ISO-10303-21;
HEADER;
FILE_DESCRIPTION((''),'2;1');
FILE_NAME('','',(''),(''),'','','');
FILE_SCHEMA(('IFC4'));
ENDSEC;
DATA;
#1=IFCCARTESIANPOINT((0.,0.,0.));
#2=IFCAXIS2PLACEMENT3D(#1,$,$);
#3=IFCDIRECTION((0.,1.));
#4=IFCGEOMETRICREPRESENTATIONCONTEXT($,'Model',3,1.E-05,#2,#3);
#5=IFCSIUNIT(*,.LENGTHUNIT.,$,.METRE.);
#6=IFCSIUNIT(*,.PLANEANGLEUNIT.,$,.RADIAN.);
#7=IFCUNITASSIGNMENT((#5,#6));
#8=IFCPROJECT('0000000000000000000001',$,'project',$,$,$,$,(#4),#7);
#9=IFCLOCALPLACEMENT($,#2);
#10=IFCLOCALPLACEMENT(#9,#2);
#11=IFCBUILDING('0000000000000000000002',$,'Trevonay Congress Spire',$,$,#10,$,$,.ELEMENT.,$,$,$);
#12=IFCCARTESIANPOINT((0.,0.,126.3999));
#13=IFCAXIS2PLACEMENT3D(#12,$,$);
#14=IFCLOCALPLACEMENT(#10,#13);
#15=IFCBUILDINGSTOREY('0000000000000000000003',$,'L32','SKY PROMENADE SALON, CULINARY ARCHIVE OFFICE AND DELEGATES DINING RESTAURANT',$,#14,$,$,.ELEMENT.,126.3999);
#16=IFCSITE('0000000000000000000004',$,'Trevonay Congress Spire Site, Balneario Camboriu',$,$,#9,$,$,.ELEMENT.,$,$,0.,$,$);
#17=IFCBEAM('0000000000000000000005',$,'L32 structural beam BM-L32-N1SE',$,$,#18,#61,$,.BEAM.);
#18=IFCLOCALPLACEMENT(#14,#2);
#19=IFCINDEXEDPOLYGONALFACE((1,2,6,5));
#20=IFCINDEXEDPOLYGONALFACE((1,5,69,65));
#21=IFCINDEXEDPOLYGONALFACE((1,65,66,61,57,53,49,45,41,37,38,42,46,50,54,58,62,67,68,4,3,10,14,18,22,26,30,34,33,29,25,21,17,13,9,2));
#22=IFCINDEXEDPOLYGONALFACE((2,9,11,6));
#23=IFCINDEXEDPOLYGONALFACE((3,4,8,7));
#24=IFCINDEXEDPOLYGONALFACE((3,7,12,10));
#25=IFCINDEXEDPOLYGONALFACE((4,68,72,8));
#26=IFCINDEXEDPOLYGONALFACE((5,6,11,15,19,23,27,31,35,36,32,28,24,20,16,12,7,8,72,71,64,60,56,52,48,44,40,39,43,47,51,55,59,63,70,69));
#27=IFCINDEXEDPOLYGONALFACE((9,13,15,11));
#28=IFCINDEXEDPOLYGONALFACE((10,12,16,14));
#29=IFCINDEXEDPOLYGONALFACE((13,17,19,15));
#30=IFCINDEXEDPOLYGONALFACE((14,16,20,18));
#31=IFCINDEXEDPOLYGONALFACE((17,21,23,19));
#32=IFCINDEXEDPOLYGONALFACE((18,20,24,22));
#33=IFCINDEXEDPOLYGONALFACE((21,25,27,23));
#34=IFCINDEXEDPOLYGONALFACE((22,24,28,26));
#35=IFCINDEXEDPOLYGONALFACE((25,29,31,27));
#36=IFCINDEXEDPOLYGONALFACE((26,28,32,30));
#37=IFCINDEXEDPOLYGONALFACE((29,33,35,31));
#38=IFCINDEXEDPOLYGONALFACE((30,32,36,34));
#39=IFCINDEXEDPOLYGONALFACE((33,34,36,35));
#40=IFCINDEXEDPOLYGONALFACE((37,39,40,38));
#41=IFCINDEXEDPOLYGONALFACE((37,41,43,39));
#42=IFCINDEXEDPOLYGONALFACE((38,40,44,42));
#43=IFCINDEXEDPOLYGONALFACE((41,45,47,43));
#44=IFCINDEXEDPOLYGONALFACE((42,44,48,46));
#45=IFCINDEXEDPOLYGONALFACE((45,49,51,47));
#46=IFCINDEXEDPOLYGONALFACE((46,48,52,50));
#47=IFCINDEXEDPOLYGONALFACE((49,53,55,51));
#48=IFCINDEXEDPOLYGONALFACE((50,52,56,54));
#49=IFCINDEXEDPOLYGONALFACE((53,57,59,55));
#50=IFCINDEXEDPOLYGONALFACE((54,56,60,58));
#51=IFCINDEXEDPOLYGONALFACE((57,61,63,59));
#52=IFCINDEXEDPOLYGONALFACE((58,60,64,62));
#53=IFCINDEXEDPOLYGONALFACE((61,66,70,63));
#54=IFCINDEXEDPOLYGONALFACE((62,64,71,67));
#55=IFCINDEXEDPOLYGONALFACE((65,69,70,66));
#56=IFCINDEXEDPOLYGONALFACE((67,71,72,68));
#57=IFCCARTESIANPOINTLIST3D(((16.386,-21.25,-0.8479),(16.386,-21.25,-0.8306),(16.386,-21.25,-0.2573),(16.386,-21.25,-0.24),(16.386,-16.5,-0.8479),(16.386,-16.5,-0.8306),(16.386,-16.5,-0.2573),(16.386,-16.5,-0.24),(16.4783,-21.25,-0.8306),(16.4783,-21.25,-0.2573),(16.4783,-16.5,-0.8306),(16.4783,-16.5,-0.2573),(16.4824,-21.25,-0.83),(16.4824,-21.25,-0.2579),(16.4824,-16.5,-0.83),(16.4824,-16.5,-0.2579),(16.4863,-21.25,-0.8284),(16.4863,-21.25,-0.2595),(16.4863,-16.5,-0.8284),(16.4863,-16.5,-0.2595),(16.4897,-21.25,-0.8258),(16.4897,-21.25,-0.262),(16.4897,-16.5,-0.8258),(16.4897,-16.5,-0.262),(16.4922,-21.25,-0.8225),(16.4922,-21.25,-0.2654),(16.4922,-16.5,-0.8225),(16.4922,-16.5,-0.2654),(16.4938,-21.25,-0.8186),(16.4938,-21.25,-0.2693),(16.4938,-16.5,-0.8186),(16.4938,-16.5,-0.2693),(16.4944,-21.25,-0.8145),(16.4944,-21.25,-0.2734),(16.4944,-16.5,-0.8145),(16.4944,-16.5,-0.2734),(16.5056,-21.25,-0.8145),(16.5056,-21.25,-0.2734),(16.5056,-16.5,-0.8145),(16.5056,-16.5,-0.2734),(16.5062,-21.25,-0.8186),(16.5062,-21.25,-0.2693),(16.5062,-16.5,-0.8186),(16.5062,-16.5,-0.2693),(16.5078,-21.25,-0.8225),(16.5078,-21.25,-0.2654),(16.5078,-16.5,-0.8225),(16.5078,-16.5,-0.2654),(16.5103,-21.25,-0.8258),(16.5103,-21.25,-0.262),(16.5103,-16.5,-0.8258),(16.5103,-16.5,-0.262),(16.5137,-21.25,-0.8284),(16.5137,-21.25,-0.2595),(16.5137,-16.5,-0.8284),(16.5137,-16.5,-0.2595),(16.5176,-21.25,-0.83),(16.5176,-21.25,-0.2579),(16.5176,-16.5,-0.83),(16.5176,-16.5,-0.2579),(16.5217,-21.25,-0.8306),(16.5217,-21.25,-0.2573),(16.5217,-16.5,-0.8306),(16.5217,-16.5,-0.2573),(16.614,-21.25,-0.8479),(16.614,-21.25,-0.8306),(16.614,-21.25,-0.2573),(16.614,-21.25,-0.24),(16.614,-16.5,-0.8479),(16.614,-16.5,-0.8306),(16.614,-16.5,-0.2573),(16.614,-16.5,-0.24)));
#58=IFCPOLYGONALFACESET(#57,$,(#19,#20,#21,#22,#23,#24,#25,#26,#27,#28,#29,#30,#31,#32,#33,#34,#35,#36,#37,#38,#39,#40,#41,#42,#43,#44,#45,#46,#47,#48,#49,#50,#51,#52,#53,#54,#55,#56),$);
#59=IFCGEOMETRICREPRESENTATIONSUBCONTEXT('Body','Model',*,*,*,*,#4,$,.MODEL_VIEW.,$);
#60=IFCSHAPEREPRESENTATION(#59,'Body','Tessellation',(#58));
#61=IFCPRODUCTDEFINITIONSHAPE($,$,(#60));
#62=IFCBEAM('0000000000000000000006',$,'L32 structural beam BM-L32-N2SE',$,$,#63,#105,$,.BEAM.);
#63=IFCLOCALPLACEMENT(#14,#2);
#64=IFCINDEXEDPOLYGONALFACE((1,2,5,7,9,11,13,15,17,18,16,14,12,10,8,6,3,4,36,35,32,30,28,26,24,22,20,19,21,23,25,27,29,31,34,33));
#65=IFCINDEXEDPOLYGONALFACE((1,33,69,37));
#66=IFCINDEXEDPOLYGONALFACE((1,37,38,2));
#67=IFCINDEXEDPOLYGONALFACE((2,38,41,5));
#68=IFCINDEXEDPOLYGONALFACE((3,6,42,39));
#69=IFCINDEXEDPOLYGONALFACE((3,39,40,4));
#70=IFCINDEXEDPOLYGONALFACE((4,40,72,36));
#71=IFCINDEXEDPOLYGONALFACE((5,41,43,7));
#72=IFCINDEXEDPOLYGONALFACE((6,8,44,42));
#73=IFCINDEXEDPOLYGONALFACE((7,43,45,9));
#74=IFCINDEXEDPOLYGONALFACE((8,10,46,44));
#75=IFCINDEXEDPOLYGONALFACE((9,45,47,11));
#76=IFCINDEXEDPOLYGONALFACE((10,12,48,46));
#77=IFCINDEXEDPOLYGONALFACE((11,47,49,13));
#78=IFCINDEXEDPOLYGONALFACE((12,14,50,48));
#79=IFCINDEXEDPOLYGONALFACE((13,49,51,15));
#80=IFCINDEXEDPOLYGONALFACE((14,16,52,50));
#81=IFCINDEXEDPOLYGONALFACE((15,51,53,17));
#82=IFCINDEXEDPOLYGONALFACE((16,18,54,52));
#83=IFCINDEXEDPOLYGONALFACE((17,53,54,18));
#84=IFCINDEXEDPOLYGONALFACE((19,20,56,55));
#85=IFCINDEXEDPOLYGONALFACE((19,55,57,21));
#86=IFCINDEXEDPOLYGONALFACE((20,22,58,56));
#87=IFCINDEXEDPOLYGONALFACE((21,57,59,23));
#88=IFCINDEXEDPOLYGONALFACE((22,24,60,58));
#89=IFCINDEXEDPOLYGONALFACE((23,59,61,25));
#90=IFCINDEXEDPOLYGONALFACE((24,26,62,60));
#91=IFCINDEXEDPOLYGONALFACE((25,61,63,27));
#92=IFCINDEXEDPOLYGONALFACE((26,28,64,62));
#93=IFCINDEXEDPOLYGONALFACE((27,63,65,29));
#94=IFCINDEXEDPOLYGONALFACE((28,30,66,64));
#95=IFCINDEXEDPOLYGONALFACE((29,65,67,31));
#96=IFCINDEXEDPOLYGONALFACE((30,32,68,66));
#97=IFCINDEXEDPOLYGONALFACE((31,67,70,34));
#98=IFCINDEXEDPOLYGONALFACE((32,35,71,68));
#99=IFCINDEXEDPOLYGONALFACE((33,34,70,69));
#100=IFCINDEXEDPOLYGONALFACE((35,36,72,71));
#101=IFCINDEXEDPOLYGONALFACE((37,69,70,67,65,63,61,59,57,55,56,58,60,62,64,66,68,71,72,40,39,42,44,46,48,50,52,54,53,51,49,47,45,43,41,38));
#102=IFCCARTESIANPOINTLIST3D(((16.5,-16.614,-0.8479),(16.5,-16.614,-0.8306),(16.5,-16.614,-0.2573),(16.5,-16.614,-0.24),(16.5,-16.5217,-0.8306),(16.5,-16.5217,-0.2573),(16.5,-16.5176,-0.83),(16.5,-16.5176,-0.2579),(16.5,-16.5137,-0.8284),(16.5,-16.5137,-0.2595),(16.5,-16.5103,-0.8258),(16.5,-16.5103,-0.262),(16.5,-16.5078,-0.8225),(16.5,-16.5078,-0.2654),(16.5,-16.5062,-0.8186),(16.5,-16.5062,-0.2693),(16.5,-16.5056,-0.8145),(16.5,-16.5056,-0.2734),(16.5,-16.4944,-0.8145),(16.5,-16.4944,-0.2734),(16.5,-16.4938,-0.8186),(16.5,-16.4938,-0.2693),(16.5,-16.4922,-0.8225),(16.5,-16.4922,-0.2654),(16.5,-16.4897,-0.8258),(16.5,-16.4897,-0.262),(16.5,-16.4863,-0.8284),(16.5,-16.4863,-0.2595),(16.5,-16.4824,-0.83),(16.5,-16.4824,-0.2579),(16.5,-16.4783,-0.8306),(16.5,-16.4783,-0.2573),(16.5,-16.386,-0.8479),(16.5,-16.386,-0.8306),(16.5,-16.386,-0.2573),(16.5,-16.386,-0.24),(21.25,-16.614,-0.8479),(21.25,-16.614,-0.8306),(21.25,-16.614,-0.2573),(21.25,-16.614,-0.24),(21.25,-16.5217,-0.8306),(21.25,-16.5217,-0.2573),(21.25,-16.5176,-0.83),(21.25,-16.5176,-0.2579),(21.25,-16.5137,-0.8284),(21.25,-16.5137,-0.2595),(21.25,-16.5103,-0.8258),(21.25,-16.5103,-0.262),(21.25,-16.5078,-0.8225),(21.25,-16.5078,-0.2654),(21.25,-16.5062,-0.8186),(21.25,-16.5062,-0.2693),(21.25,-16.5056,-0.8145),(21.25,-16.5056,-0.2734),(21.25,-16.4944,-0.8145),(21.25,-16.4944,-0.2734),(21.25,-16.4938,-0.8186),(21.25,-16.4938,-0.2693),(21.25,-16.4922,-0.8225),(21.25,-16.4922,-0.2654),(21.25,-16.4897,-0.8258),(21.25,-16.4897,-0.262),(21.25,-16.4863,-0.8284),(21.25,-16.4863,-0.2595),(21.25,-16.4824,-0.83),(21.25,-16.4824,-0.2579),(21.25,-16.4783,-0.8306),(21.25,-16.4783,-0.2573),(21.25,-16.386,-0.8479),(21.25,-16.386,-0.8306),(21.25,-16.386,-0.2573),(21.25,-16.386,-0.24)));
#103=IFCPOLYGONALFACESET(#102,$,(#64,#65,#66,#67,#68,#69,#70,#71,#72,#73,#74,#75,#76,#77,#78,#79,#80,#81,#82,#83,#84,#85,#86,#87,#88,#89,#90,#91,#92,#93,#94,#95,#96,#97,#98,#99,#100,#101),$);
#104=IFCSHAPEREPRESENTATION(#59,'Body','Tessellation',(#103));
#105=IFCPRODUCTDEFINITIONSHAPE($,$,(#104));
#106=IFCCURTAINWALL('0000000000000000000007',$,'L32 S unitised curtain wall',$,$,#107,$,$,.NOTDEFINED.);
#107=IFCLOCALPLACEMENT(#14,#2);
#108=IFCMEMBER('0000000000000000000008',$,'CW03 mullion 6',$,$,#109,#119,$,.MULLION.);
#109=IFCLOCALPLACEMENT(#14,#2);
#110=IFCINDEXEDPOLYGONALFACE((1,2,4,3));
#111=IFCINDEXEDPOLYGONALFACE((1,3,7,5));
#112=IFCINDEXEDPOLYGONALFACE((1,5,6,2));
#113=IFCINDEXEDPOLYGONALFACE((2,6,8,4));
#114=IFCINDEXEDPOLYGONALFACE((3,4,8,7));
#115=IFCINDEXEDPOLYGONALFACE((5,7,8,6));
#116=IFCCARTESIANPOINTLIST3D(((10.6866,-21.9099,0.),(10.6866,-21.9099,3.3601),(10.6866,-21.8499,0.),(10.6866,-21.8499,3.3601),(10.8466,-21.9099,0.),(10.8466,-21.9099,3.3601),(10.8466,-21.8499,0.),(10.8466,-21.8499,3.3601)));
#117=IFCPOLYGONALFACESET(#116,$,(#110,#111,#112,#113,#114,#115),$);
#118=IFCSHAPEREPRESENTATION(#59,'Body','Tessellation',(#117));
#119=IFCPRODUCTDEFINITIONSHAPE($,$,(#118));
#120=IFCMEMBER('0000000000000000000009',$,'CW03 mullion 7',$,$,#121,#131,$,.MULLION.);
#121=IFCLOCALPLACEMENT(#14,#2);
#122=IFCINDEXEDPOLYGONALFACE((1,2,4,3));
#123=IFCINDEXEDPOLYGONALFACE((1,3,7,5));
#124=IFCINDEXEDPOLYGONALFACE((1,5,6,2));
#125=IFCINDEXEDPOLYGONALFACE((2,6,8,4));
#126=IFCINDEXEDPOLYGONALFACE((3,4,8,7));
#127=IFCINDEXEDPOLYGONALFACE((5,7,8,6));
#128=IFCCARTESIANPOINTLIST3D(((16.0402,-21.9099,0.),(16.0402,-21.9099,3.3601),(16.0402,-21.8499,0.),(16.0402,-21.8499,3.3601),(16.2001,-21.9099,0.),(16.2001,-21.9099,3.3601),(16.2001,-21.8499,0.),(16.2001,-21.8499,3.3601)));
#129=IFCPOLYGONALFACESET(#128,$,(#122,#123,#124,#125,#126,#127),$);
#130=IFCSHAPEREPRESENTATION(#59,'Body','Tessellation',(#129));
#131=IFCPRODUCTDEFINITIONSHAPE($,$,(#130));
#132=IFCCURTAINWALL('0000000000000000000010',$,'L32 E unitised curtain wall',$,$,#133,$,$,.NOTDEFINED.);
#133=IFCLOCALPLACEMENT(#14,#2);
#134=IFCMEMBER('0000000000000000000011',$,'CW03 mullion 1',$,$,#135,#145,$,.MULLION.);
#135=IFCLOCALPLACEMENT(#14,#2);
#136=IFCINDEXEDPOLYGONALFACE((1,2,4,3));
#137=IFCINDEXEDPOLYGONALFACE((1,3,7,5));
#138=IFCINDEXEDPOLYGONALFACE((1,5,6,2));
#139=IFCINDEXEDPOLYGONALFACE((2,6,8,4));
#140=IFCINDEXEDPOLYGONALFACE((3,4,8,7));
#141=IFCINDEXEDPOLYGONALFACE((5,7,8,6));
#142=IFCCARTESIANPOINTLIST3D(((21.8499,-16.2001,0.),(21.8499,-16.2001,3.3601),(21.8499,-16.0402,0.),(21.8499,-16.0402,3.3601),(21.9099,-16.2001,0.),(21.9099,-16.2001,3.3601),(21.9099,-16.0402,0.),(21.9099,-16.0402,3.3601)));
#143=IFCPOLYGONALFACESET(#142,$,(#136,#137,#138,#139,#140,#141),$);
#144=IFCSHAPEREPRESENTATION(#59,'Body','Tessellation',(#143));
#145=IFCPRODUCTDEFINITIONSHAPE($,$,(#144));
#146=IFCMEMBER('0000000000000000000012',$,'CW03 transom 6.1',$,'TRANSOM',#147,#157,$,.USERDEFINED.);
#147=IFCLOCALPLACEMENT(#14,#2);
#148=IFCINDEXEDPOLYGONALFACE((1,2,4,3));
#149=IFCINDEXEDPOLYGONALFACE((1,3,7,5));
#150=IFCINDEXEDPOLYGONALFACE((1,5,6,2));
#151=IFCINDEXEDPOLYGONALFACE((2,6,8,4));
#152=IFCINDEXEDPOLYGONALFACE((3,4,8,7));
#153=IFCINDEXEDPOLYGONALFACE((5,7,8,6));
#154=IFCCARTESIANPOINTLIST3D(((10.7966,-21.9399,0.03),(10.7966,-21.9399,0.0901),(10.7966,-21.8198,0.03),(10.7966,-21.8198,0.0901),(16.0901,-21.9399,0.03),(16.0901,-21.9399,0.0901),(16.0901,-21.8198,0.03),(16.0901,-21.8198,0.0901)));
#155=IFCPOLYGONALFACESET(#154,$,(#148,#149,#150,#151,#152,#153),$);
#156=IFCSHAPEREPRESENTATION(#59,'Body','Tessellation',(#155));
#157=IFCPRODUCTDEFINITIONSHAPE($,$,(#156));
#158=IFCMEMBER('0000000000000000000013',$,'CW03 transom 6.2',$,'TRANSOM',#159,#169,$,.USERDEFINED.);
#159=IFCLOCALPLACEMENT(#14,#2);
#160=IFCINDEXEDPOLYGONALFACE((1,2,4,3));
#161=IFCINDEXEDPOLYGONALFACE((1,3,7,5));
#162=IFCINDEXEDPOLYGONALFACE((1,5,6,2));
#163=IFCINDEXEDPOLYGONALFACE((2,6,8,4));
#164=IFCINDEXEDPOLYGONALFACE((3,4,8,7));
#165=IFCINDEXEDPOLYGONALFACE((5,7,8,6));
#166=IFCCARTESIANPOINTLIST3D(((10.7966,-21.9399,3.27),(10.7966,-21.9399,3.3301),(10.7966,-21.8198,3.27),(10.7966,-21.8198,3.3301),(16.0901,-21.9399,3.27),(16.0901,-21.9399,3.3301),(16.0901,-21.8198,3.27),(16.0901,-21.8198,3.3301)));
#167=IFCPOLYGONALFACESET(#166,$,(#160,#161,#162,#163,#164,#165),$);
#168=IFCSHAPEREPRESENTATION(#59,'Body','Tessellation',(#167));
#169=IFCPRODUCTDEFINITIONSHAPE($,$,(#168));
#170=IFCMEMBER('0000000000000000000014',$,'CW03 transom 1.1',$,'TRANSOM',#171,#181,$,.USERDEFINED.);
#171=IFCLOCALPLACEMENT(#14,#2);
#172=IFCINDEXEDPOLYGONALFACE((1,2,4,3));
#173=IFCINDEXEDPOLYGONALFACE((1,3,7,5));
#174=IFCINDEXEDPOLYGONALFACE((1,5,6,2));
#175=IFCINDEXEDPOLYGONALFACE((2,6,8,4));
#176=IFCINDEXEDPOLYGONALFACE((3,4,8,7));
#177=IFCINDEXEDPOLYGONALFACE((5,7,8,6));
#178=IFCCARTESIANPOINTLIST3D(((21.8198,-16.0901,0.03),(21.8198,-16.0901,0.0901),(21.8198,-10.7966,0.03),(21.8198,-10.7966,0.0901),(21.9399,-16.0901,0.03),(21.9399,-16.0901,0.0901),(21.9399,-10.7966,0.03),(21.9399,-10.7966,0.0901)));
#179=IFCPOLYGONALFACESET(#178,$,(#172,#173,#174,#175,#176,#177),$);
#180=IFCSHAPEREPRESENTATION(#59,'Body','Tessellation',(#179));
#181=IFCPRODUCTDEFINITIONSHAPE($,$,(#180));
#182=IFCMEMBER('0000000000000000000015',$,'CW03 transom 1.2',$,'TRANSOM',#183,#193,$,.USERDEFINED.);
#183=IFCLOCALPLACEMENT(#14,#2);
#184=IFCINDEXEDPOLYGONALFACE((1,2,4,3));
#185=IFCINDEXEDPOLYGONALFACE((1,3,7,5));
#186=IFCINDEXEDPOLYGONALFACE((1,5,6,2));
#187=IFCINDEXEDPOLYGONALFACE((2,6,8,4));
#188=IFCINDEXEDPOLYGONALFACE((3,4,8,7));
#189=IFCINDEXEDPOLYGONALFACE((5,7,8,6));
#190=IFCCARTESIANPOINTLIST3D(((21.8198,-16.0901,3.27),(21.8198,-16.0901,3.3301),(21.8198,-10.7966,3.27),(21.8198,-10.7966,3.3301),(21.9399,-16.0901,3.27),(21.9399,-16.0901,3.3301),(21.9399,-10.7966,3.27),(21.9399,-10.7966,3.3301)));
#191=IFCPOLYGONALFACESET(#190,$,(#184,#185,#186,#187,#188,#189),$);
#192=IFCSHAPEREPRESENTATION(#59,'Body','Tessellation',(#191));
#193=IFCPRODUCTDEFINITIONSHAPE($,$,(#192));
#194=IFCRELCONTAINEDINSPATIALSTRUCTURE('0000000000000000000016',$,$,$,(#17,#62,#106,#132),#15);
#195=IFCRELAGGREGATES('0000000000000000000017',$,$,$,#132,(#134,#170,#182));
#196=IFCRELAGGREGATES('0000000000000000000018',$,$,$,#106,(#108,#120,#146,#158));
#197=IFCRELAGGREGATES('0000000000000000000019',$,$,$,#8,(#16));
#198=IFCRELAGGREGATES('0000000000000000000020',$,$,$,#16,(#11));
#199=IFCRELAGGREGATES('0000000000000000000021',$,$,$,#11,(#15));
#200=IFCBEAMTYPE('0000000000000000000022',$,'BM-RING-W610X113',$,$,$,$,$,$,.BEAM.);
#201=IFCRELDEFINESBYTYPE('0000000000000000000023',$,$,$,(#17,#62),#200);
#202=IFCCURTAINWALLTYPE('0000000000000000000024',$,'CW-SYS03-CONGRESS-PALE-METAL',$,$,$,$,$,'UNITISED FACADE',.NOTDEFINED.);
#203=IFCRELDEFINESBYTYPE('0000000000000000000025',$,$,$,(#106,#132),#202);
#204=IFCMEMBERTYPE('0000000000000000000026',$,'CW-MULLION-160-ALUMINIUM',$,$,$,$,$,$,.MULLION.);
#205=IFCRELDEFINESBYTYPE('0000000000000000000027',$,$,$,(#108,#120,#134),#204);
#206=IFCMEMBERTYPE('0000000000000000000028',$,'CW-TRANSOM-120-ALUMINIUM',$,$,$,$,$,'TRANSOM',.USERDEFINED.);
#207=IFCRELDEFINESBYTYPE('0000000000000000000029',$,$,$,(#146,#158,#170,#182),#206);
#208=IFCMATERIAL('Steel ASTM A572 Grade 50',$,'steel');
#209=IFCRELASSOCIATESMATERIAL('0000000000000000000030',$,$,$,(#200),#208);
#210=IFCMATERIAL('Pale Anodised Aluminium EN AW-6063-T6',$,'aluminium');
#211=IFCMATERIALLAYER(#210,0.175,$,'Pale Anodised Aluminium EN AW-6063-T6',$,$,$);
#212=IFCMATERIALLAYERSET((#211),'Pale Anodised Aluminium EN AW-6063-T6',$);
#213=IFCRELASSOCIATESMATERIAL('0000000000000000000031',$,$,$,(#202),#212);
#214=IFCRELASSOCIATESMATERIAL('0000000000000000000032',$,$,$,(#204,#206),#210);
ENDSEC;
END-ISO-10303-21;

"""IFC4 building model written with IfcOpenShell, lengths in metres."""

from ifc_helpers import new_model, si_unit, direction, frame, origin, origin_2d, place, context, subcontext, project, spatial, rectangle, i_section, extrude, material, layer, layer_set, material_profile, profile_set, type_object, element, aggregate, save


model = new_model("IFC4")

# Units and contexts
model_context = context("Model", 3, precision=1e-05, world=origin(), true_north=direction((0.0, 1.0)))
body_context = subcontext(model_context, "Body", "Model", "MODEL_VIEW")
ifc_project = project(units=[si_unit("LENGTHUNIT", "METRE"), si_unit("PLANEANGLEUNIT", "RADIAN")], contexts=[model_context])

# Site, building, storey
site_placement = place(None, origin())
site = spatial("IfcSite", under=ifc_project, at=site_placement, Name="Trevonay Congress Spire Site, Balneario Camboriu", CompositionType="ELEMENT", RefElevation=0.0)
building_placement = place(site_placement, origin())
building = spatial("IfcBuilding", under=site, at=building_placement, Name="Trevonay Congress Spire", CompositionType="ELEMENT")
storey_placement = place(building_placement, frame((0.0, 0.0, 126.3999)))
storey = spatial("IfcBuildingStorey", under=building, at=storey_placement, Name="L32", Description="SKY PROMENADE SALON, CULINARY ARCHIVE OFFICE AND DELEGATES DINING RESTAURANT", CompositionType="ELEMENT", Elevation=126.3999)

# Shared definitions
ifc_material_1 = material(Name="Steel ASTM A572 Grade 50", Category="steel")

# Beams
ifc_material_profile_1 = material_profile(ifc_material_1, i_section(OverallWidth=0.228, OverallDepth=0.6079, WebThickness=0.0112, FlangeThickness=0.0173, FilletRadius=0.0161, at=origin_2d()), Name="W610x113")
ifc_profile_set_1 = profile_set([ifc_material_profile_1], Name="Steel ASTM A572 Grade 50")
beam_type_1 = type_object("IfcBeamType", Name="BM-RING-W610X113", PredefinedType="BEAM", material=ifc_profile_set_1)
for number, where, z_axis, x_axis, name in (
    (1, (16.5, -21.25, -0.5439), (0.0, 1.0, 0.0), (-1.0, 0.0, 0.0), "L32 structural beam BM-L32-N1SE"),
    (2, (21.25, -16.5, -0.5439), (-1.0, 0.0, 0.0), (0.0, -1.0, 0.0), "L32 structural beam BM-L32-N2SE"),
):
    element("IfcBeam", number, at=place(storey_placement, frame(where, z_axis=z_axis, x_axis=x_axis)), inside=storey, type_object=beam_type_1, Name=name, PredefinedType="BEAM", context=body_context, shape_type="SweptSolid", body=[
        extrude(i_section(OverallWidth=0.228, OverallDepth=0.6079, WebThickness=0.0112, FlangeThickness=0.0173, FilletRadius=0.0161, at=origin_2d()), origin(), (0.0, 0.0, 1.0), 4.75),
    ])

# Curtain wall, members
ifc_material_2 = material(Name="Pale Anodised Aluminium EN AW-6063-T6", Category="aluminium")
ifc_layer_1 = layer(ifc_material_2, 0.175, Name="Pale Anodised Aluminium EN AW-6063-T6")
ifc_layer_set_1 = layer_set([ifc_layer_1], Name="Pale Anodised Aluminium EN AW-6063-T6")
curtain_wall_type = type_object("IfcCurtainWallType", Name="CW-SYS03-CONGRESS-PALE-METAL", ElementType="UNITISED FACADE", PredefinedType="NOTDEFINED", material=ifc_layer_set_1)
curtain_wall_1_placement = place(storey_placement, origin())
curtain_wall_1 = element("IfcCurtainWall", 3, at=curtain_wall_1_placement, inside=storey, type_object=curtain_wall_type, Name="L32 S unitised curtain wall", PredefinedType="NOTDEFINED")
ifc_material_profile_2 = material_profile(ifc_material_2, rectangle(XDim=0.0601, YDim=0.1599, at=origin_2d()), Name="CW-MULLION-160-ALUMINIUM")
ifc_profile_set_2 = profile_set([ifc_material_profile_2], Name="Pale Anodised Aluminium EN AW-6063-T6")
member_type_1 = type_object("IfcMemberType", Name="CW-MULLION-160-ALUMINIUM", PredefinedType="MULLION", material=ifc_profile_set_2)
member_1_placement = place(storey_placement, frame((10.7666, -21.8799, 0.0), z_axis=(0.0, 0.0, 1.0), x_axis=(0.0, 1.0, 0.0)))
member_1 = element("IfcMember", 4, at=member_1_placement, type_object=member_type_1, Name="CW03 mullion 6", PredefinedType="MULLION", context=body_context, shape_type="SweptSolid", body=[
    extrude(rectangle(XDim=0.0601, YDim=0.1599, at=origin_2d()), origin(), (0.0, 0.0, 1.0), 3.3601),
])
member_2_placement = place(storey_placement, frame((16.1201, -21.8799, 0.0), z_axis=(0.0, 0.0, 1.0), x_axis=(0.0, 1.0, 0.0)))
member_2 = element("IfcMember", 5, at=member_2_placement, type_object=member_type_1, Name="CW03 mullion 7", PredefinedType="MULLION", context=body_context, shape_type="SweptSolid", body=[
    extrude(rectangle(XDim=0.0601, YDim=0.1599, at=origin_2d()), origin(), (0.0, 0.0, 1.0), 3.3601),
])

# Curtain wall, member
curtain_wall_2_placement = place(storey_placement, origin())
curtain_wall_2 = element("IfcCurtainWall", 6, at=curtain_wall_2_placement, inside=storey, type_object=curtain_wall_type, Name="L32 E unitised curtain wall", PredefinedType="NOTDEFINED")
member_3_placement = place(storey_placement, frame((21.8799, -16.1201, 0.0), z_axis=(0.0, 0.0, 1.0), x_axis=(-1.0, 0.0, 0.0)))
member_3 = element("IfcMember", 7, at=member_3_placement, type_object=member_type_1, Name="CW03 mullion 1", PredefinedType="MULLION", context=body_context, shape_type="SweptSolid", body=[
    extrude(rectangle(XDim=0.0601, YDim=0.1599, at=origin_2d()), origin(), (0.0, 0.0, 1.0), 3.3601),
])

# Members
ifc_material_profile_3 = material_profile(ifc_material_2, rectangle(XDim=0.1201, YDim=0.0601, at=origin_2d()), Name="CW-TRANSOM-120-ALUMINIUM")
ifc_profile_set_3 = profile_set([ifc_material_profile_3], Name="Pale Anodised Aluminium EN AW-6063-T6")
member_type_2 = type_object("IfcMemberType", Name="CW-TRANSOM-120-ALUMINIUM", ElementType="TRANSOM", PredefinedType="USERDEFINED", material=ifc_profile_set_3)
member_4_placement = place(storey_placement, frame((10.7966, -21.8799, 0.0601), z_axis=(1.0, 0.0, 0.0), x_axis=(0.0, 1.0, 0.0)))
member_4 = element("IfcMember", 8, at=member_4_placement, type_object=member_type_2, Name="CW03 transom 6.1", ObjectType="TRANSOM", PredefinedType="USERDEFINED", context=body_context, shape_type="SweptSolid", body=[
    extrude(rectangle(XDim=0.1201, YDim=0.0601, at=origin_2d()), origin(), (0.0, 0.0, 1.0), 5.2935),
])
member_5_placement = place(storey_placement, frame((10.7966, -21.8799, 3.3), z_axis=(1.0, 0.0, 0.0), x_axis=(0.0, 1.0, 0.0)))
member_5 = element("IfcMember", 9, at=member_5_placement, type_object=member_type_2, Name="CW03 transom 6.2", ObjectType="TRANSOM", PredefinedType="USERDEFINED", context=body_context, shape_type="SweptSolid", body=[
    extrude(rectangle(XDim=0.1201, YDim=0.0601, at=origin_2d()), origin(), (0.0, 0.0, 1.0), 5.2935),
])
member_6_placement = place(storey_placement, frame((21.8799, -16.0901, 0.0601), z_axis=(0.0, 1.0, 0.0), x_axis=(-1.0, 0.0, 0.0)))
member_6 = element("IfcMember", 10, at=member_6_placement, type_object=member_type_2, Name="CW03 transom 1.1", ObjectType="TRANSOM", PredefinedType="USERDEFINED", context=body_context, shape_type="SweptSolid", body=[
    extrude(rectangle(XDim=0.1201, YDim=0.0601, at=origin_2d()), origin(), (0.0, 0.0, 1.0), 5.2935),
])
member_7_placement = place(storey_placement, frame((21.8799, -16.0901, 3.3), z_axis=(0.0, 1.0, 0.0), x_axis=(-1.0, 0.0, 0.0)))
member_7 = element("IfcMember", 11, at=member_7_placement, type_object=member_type_2, Name="CW03 transom 1.2", ObjectType="TRANSOM", PredefinedType="USERDEFINED", context=body_context, shape_type="SweptSolid", body=[
    extrude(rectangle(XDim=0.1201, YDim=0.0601, at=origin_2d()), origin(), (0.0, 0.0, 1.0), 5.2935),
])
aggregate(curtain_wall_2, [member_3, member_6, member_7])

aggregate(curtain_wall_1, [member_1, member_2, member_4, member_5])

save(model, "model.ifc")
